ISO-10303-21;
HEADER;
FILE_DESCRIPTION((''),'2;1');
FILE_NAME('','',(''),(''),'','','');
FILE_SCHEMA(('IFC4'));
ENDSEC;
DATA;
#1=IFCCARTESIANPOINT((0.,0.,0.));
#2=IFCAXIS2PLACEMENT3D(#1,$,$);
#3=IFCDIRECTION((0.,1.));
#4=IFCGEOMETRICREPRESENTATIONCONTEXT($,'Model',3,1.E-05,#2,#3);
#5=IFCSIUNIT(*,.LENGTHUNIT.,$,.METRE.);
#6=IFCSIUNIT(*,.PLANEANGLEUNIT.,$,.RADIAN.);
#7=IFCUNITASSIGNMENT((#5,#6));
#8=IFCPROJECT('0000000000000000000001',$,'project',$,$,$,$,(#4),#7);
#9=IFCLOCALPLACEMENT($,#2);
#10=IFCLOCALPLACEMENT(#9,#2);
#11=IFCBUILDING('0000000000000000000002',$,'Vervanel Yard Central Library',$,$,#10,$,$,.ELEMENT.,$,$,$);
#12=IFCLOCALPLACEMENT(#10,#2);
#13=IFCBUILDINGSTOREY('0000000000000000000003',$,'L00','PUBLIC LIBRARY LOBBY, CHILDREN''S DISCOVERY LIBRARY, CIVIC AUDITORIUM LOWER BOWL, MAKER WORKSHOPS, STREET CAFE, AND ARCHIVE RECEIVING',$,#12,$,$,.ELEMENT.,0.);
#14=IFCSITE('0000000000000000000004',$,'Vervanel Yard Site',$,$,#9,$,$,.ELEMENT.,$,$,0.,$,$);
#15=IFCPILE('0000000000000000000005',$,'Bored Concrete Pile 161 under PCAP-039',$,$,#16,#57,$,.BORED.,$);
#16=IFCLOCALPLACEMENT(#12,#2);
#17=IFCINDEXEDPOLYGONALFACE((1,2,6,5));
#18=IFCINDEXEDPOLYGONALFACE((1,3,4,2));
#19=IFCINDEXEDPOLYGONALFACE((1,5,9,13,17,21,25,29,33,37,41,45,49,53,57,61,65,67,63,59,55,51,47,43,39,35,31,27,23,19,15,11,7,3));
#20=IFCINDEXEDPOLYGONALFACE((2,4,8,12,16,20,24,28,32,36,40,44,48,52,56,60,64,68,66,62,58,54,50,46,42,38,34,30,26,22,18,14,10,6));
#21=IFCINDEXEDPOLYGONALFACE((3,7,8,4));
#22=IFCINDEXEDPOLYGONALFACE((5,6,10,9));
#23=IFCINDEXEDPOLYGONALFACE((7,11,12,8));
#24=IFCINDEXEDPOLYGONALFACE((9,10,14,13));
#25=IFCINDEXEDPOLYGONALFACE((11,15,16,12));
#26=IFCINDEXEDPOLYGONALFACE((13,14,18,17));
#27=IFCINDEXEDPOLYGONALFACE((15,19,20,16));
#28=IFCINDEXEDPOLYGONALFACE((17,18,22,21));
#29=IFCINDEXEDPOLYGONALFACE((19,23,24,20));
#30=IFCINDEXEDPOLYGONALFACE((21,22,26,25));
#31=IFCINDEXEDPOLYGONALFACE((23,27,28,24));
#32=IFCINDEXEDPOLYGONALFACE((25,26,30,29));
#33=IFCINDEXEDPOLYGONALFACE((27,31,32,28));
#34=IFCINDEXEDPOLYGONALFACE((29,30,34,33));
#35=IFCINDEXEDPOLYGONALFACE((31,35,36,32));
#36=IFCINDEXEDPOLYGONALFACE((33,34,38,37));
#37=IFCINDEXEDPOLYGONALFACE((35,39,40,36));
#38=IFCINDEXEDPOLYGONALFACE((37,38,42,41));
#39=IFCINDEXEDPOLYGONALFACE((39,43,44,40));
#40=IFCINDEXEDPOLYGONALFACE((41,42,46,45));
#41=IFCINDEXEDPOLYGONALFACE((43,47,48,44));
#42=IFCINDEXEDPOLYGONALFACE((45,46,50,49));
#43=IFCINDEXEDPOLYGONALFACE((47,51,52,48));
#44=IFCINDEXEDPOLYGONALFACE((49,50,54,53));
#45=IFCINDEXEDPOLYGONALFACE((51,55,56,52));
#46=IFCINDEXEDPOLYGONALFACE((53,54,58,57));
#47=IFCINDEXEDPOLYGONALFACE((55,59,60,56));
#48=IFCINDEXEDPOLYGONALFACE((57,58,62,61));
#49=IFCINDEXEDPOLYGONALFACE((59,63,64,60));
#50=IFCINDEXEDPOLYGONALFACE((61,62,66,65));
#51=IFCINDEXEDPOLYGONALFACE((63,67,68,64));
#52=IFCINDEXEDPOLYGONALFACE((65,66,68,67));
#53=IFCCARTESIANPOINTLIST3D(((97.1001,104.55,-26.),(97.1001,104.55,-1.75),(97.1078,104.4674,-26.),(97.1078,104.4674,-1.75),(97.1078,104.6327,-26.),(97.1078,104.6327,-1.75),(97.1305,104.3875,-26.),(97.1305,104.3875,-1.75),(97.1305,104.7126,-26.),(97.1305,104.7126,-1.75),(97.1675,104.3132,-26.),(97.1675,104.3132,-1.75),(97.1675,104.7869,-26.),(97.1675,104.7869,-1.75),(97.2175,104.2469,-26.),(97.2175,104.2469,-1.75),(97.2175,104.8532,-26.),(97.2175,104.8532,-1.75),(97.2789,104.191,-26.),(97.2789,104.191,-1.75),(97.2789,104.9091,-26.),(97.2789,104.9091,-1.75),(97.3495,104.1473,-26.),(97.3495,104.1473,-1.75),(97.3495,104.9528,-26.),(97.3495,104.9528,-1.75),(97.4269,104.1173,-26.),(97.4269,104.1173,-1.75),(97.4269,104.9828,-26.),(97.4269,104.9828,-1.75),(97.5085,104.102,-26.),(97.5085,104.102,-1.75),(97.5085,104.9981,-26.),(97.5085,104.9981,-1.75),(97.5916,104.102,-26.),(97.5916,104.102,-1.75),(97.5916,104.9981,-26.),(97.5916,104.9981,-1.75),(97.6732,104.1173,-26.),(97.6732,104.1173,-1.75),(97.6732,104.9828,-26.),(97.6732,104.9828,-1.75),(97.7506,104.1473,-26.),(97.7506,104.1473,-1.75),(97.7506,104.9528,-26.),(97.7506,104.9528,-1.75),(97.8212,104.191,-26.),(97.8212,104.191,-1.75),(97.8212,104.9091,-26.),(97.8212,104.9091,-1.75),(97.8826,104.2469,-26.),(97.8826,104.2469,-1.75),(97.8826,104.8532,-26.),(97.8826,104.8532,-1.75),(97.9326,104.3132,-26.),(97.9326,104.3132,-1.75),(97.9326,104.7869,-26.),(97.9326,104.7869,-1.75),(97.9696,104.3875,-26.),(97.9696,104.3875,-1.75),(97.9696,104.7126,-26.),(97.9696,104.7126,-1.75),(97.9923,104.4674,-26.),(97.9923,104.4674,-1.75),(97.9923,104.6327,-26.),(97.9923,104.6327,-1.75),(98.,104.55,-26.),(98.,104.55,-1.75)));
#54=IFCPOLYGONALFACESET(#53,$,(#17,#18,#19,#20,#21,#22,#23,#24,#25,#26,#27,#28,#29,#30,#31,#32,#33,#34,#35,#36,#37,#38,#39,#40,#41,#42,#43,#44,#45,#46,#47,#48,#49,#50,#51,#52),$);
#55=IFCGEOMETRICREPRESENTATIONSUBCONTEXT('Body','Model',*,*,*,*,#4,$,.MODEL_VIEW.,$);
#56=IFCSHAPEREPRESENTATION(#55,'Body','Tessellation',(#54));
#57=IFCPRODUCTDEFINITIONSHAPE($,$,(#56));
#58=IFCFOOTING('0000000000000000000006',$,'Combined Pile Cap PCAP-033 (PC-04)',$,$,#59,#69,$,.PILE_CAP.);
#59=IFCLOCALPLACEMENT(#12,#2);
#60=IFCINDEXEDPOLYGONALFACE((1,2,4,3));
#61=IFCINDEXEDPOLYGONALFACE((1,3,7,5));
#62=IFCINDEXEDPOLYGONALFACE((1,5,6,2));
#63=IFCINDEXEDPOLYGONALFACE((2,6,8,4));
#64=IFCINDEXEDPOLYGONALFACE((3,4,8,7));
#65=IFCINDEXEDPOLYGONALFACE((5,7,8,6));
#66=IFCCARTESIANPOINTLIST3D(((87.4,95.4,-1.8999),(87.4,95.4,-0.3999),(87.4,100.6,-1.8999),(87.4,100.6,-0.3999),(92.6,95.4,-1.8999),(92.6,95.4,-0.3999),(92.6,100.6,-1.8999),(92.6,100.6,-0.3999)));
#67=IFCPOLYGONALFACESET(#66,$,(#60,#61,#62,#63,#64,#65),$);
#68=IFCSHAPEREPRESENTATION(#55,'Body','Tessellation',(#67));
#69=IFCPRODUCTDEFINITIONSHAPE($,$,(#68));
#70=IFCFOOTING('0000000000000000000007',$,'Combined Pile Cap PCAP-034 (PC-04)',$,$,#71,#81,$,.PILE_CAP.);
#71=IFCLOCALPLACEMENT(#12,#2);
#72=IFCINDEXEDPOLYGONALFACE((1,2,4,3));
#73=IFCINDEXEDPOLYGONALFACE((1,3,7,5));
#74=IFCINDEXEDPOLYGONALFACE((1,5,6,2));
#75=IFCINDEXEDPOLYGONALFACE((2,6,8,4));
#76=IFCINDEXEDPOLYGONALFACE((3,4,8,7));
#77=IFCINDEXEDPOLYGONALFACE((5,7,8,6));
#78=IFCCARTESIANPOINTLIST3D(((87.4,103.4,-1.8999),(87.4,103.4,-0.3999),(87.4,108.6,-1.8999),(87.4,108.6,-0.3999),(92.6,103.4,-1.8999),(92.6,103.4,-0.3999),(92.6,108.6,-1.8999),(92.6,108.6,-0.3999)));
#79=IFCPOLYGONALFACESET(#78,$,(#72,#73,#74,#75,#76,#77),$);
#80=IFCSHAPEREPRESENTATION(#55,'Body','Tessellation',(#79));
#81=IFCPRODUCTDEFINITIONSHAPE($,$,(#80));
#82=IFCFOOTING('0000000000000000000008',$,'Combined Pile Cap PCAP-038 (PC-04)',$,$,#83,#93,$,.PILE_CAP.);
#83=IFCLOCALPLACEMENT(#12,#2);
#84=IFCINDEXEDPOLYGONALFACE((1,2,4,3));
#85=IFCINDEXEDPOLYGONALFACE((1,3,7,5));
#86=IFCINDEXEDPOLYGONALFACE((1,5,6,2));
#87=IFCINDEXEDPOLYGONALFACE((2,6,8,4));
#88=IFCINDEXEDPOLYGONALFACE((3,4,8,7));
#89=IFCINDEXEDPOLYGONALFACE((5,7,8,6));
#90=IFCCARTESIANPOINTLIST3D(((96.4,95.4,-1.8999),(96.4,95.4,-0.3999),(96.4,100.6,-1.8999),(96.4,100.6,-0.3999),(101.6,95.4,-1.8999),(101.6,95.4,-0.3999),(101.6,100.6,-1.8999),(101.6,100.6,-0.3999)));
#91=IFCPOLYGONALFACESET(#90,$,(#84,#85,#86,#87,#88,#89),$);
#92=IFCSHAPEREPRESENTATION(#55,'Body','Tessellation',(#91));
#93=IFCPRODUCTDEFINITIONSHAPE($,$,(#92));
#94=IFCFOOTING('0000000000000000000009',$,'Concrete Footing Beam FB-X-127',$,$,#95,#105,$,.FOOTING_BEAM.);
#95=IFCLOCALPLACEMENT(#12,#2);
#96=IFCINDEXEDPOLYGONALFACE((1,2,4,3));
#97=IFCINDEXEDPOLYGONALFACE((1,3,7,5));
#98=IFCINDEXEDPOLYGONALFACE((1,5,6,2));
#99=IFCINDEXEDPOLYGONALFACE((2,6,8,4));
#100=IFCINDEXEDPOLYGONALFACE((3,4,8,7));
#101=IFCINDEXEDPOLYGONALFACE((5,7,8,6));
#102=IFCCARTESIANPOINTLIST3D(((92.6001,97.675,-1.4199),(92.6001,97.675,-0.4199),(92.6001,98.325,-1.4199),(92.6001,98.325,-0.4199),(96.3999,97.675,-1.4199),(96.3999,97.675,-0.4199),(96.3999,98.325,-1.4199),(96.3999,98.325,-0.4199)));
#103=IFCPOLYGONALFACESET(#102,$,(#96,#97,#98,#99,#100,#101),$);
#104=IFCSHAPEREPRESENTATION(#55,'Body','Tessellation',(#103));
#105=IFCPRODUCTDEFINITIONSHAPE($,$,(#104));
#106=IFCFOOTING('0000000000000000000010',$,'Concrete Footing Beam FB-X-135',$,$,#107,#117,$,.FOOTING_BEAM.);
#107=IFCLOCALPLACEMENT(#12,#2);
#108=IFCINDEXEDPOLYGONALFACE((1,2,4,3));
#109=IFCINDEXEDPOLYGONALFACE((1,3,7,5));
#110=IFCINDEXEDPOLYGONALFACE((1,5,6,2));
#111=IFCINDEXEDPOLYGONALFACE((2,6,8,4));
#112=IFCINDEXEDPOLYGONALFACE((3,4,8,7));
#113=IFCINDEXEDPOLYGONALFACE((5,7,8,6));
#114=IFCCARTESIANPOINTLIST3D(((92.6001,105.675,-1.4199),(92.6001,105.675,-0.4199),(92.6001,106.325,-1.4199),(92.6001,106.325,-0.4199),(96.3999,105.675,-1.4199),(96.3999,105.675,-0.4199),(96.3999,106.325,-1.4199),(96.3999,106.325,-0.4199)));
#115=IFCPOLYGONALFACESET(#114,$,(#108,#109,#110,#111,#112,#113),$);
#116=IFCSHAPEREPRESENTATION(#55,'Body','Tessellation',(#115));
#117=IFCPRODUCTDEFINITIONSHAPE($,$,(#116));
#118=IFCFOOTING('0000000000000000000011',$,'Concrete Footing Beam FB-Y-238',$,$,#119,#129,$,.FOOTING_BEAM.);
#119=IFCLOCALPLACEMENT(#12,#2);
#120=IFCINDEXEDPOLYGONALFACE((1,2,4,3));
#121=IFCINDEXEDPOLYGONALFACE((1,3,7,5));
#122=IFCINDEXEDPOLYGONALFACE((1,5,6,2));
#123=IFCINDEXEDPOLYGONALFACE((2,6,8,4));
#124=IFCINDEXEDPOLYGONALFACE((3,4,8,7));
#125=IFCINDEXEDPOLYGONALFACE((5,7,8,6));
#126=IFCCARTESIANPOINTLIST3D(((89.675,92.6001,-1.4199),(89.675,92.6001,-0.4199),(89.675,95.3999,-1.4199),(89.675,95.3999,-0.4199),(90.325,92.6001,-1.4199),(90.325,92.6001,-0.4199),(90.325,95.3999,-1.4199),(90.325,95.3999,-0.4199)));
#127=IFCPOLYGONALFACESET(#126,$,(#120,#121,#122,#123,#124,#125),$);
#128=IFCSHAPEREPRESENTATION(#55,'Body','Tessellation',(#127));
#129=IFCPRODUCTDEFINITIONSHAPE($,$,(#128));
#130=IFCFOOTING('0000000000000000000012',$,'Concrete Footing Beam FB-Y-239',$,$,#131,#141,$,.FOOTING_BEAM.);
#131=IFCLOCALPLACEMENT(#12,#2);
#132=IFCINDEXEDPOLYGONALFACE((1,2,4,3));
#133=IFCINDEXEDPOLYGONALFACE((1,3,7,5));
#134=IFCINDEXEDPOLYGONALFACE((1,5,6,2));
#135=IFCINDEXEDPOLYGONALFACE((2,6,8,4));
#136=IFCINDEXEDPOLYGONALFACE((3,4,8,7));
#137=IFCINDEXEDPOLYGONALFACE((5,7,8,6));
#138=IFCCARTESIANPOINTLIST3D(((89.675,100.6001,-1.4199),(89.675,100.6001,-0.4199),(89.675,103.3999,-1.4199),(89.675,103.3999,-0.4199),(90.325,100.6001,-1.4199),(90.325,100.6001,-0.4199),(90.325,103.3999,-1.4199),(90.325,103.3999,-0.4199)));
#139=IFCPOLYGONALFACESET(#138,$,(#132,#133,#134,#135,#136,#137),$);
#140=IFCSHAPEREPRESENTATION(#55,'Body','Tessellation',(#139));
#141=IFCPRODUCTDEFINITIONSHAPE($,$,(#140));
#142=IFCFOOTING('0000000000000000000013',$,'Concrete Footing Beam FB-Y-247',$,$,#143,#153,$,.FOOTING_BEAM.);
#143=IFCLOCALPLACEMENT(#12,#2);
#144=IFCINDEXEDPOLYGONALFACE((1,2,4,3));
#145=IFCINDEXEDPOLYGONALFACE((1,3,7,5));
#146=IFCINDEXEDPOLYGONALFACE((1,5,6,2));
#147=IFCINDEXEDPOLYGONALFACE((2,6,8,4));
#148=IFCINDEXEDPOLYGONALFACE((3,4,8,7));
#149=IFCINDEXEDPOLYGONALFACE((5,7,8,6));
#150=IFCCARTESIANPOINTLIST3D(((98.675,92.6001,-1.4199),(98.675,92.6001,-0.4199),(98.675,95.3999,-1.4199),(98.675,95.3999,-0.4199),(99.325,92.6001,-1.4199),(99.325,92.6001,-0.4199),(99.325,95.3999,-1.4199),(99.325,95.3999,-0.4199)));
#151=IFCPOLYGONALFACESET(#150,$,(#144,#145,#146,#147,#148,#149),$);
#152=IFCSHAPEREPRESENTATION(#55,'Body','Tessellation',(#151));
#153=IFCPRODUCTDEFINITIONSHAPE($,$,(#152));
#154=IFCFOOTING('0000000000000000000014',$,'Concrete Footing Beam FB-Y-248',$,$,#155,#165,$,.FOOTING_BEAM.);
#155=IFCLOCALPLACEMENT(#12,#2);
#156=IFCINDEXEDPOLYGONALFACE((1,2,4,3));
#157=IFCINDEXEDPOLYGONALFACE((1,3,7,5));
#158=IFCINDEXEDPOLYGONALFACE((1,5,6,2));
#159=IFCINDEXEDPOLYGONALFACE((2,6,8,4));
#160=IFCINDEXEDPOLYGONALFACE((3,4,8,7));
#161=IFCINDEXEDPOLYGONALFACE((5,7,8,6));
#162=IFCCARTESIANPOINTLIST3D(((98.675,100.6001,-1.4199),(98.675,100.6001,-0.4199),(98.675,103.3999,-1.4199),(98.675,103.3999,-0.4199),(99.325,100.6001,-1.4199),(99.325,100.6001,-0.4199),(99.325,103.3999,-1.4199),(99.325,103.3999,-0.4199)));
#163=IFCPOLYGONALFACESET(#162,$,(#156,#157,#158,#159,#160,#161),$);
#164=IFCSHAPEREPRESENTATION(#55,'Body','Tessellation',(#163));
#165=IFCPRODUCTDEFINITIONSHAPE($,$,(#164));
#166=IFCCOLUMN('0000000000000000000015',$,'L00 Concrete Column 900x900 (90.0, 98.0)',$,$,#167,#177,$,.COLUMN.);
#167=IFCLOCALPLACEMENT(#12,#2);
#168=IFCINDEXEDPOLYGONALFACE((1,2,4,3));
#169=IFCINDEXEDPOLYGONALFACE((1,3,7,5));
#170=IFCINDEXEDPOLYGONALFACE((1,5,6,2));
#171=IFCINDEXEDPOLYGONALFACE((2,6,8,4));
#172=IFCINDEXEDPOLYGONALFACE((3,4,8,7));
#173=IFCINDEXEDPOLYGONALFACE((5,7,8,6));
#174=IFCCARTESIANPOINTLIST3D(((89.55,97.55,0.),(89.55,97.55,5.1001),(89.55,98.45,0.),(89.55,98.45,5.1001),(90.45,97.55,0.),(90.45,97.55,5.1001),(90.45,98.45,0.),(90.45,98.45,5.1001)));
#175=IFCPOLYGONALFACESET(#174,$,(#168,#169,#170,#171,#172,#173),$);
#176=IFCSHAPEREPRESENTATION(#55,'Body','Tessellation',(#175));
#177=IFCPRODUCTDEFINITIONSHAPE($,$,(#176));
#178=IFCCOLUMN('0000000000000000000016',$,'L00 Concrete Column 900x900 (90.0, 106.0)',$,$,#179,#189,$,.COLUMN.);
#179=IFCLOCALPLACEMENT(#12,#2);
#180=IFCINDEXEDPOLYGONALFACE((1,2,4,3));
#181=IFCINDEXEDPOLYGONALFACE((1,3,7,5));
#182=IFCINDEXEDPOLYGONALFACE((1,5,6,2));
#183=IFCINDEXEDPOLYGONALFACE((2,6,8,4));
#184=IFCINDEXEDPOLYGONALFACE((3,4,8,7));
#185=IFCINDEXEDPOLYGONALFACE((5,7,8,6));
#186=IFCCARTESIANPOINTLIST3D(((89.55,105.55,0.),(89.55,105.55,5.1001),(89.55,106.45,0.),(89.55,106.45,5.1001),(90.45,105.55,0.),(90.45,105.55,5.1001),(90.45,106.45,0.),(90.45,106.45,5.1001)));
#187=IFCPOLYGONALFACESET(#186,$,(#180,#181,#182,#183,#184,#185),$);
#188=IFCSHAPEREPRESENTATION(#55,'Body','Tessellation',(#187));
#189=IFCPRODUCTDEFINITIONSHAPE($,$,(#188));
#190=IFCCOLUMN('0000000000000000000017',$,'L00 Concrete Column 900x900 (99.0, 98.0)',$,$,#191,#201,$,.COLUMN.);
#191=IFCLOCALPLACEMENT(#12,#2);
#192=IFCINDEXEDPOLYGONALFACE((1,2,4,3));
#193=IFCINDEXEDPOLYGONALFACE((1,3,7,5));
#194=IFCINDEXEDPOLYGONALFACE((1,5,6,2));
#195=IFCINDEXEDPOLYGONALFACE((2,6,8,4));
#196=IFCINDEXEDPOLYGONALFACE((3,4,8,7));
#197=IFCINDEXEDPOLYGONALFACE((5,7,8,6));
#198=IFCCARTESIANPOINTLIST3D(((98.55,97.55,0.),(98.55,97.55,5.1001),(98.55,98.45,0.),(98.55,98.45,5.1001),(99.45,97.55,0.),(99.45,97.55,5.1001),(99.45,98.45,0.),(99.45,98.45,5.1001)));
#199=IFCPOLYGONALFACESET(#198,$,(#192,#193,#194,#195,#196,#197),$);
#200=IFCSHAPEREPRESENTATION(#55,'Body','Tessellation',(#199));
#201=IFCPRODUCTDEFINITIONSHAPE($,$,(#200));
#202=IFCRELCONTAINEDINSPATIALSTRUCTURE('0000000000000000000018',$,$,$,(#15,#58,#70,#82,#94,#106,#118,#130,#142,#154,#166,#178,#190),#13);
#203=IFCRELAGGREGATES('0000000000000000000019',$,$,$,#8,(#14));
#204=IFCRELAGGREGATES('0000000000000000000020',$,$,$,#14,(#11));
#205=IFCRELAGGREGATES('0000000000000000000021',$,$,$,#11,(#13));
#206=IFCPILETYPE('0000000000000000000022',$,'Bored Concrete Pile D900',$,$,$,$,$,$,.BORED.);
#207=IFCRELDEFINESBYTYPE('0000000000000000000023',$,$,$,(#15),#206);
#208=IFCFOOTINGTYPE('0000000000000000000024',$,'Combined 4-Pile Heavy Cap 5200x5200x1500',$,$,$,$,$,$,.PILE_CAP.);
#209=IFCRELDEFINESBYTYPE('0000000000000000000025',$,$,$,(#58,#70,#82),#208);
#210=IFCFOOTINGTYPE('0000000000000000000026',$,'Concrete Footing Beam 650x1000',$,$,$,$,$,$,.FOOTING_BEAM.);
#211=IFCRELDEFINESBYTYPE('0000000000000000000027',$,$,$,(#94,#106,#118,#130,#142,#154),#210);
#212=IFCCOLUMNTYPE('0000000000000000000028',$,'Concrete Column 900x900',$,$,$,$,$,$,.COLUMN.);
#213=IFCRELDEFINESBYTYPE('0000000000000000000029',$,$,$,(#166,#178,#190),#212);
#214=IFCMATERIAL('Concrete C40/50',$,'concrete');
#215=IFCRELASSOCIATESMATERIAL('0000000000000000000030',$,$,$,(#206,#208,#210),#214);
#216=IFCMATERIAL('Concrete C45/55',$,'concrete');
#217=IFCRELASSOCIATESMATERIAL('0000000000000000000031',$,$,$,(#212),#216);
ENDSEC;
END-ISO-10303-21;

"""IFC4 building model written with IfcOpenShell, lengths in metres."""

from ifc_helpers import new_model, si_unit, direction, frame, origin, origin_2d, place, context, subcontext, project, spatial, rectangle, circle, extrude, material, material_profile, profile_set, type_object, element, save


model = new_model("IFC4")

# Units and contexts
model_context = context("Model", 3, precision=1e-05, world=origin(), true_north=direction((0.0, 1.0)))
body_context = subcontext(model_context, "Body", "Model", "MODEL_VIEW")
ifc_project = project(units=[si_unit("LENGTHUNIT", "METRE"), si_unit("PLANEANGLEUNIT", "RADIAN")], contexts=[model_context])

# Site, building, storey
site_placement = place(None, origin())
site = spatial("IfcSite", under=ifc_project, at=site_placement, Name="Vervanel Yard Site", CompositionType="ELEMENT", RefElevation=0.0)
building_placement = place(site_placement, origin())
building = spatial("IfcBuilding", under=site, at=building_placement, Name="Vervanel Yard Central Library", CompositionType="ELEMENT")
storey_placement = place(building_placement, origin())
storey = spatial("IfcBuildingStorey", under=building, at=storey_placement, Name="L00", Description="PUBLIC LIBRARY LOBBY, CHILDREN'S DISCOVERY LIBRARY, CIVIC AUDITORIUM LOWER BOWL, MAKER WORKSHOPS, STREET CAFE, AND ARCHIVE RECEIVING", CompositionType="ELEMENT", Elevation=0.0)

# Pile
ifc_material_1 = material(Name="Concrete C40/50", Category="concrete")
ifc_material_profile_1 = material_profile(ifc_material_1, circle(Radius=0.45, at=origin_2d()), Name="BP D900", Category="concrete")
ifc_profile_set_1 = profile_set([ifc_material_profile_1], Name="Concrete C40/50")
pile_type = type_object("IfcPileType", Name="Bored Concrete Pile D900", PredefinedType="BORED", material=ifc_profile_set_1)
for number, where, z_axis, x_axis, name in (
    (1, (97.55, 104.55, -1.75), (0.0, 0.0, -1.0), (1.0, 0.0, 0.0), "Bored Concrete Pile 161 under PCAP-039"),
):
    element("IfcPile", number, at=place(storey_placement, frame(where, z_axis=z_axis, x_axis=x_axis)), inside=storey, type_object=pile_type, Name=name, PredefinedType="BORED", context=body_context, shape_type="SweptSolid", body=[
        extrude(circle(Radius=0.45, at=origin_2d()), origin(), (0.0, 0.0, 1.0), 24.25),
    ])

# Footings
footing_type_1 = type_object("IfcFootingType", Name="Combined 4-Pile Heavy Cap 5200x5200x1500", PredefinedType="PILE_CAP", material=ifc_material_1)
for number, where, z_axis, x_axis, name in (
    (2, (90.0, 98.0, -1.8999), (0.0, 0.0, 1.0), (1.0, 0.0, 0.0), "Combined Pile Cap PCAP-033 (PC-04)"),
    (3, (90.0, 106.0, -1.8999), (0.0, 0.0, 1.0), (1.0, 0.0, 0.0), "Combined Pile Cap PCAP-034 (PC-04)"),
    (4, (99.0, 98.0, -1.8999), (0.0, 0.0, 1.0), (1.0, 0.0, 0.0), "Combined Pile Cap PCAP-038 (PC-04)"),
):
    element("IfcFooting", number, at=place(storey_placement, frame(where, z_axis=z_axis, x_axis=x_axis)), inside=storey, type_object=footing_type_1, Name=name, PredefinedType="PILE_CAP", context=body_context, shape_type="SweptSolid", body=[
        extrude(rectangle(XDim=5.2, YDim=5.2, at=origin_2d()), origin(), (0.0, 0.0, 1.0), 1.5),
    ])
ifc_material_profile_2 = material_profile(ifc_material_1, rectangle(XDim=0.6499, YDim=1.0, at=origin_2d()), Name="RC 650x1000", Category="concrete")
ifc_profile_set_2 = profile_set([ifc_material_profile_2], Name="Concrete C40/50")
footing_type_2 = type_object("IfcFootingType", Name="Concrete Footing Beam 650x1000", PredefinedType="FOOTING_BEAM", material=ifc_profile_set_2)
for number, where, z_axis, x_axis, name in (
    (5, (92.6001, 98.0, -0.9199), (1.0, 0.0, 0.0), (0.0, 1.0, 0.0), "Concrete Footing Beam FB-X-127"),
    (6, (92.6001, 106.0, -0.9199), (1.0, 0.0, 0.0), (0.0, 1.0, 0.0), "Concrete Footing Beam FB-X-135"),
):
    element("IfcFooting", number, at=place(storey_placement, frame(where, z_axis=z_axis, x_axis=x_axis)), inside=storey, type_object=footing_type_2, Name=name, PredefinedType="FOOTING_BEAM", context=body_context, shape_type="SweptSolid", body=[
        extrude(rectangle(XDim=0.6499, YDim=1.0, at=origin_2d()), origin(), (0.0, 0.0, 1.0), 3.7998),
    ])
for number, where, z_axis, x_axis, name in (
    (7, (90.0, 92.6001, -0.9199), (0.0, 1.0, 0.0), (-1.0, 0.0, 0.0), "Concrete Footing Beam FB-Y-238"),
    (8, (90.0, 100.6001, -0.9199), (0.0, 1.0, 0.0), (-1.0, 0.0, 0.0), "Concrete Footing Beam FB-Y-239"),
    (9, (99.0, 92.6001, -0.9199), (0.0, 1.0, 0.0), (-1.0, 0.0, 0.0), "Concrete Footing Beam FB-Y-247"),
    (10, (99.0, 100.6001, -0.9199), (0.0, 1.0, 0.0), (-1.0, 0.0, 0.0), "Concrete Footing Beam FB-Y-248"),
):
    element("IfcFooting", number, at=place(storey_placement, frame(where, z_axis=z_axis, x_axis=x_axis)), inside=storey, type_object=footing_type_2, Name=name, PredefinedType="FOOTING_BEAM", context=body_context, shape_type="SweptSolid", body=[
        extrude(rectangle(XDim=0.6499, YDim=1.0, at=origin_2d()), origin(), (0.0, 0.0, 1.0), 2.7998),
    ])

# Columns
ifc_material_2 = material(Name="Concrete C45/55", Category="concrete")
ifc_material_profile_3 = material_profile(ifc_material_2, rectangle(XDim=0.8999, YDim=0.8999, at=origin_2d()), Name="RC 900x900", Category="concrete")
ifc_profile_set_3 = profile_set([ifc_material_profile_3], Name="Concrete C45/55")
column_type = type_object("IfcColumnType", Name="Concrete Column 900x900", PredefinedType="COLUMN", material=ifc_profile_set_3)
for number, where, z_axis, x_axis, name in (
    (11, (90.0, 98.0, 0.0), (0.0, 0.0, 1.0), (1.0, 0.0, 0.0), "L00 Concrete Column 900x900 (90.0, 98.0)"),
    (12, (90.0, 106.0, 0.0), (0.0, 0.0, 1.0), (1.0, 0.0, 0.0), "L00 Concrete Column 900x900 (90.0, 106.0)"),
    (13, (99.0, 98.0, 0.0), (0.0, 0.0, 1.0), (1.0, 0.0, 0.0), "L00 Concrete Column 900x900 (99.0, 98.0)"),
):
    element("IfcColumn", number, at=place(storey_placement, frame(where, z_axis=z_axis, x_axis=x_axis)), inside=storey, type_object=column_type, Name=name, PredefinedType="COLUMN", context=body_context, shape_type="SweptSolid", body=[
        extrude(rectangle(XDim=0.8999, YDim=0.8999, at=origin_2d()), origin(), (0.0, 0.0, 1.0), 5.1001),
    ])

save(model, "model.ifc")
